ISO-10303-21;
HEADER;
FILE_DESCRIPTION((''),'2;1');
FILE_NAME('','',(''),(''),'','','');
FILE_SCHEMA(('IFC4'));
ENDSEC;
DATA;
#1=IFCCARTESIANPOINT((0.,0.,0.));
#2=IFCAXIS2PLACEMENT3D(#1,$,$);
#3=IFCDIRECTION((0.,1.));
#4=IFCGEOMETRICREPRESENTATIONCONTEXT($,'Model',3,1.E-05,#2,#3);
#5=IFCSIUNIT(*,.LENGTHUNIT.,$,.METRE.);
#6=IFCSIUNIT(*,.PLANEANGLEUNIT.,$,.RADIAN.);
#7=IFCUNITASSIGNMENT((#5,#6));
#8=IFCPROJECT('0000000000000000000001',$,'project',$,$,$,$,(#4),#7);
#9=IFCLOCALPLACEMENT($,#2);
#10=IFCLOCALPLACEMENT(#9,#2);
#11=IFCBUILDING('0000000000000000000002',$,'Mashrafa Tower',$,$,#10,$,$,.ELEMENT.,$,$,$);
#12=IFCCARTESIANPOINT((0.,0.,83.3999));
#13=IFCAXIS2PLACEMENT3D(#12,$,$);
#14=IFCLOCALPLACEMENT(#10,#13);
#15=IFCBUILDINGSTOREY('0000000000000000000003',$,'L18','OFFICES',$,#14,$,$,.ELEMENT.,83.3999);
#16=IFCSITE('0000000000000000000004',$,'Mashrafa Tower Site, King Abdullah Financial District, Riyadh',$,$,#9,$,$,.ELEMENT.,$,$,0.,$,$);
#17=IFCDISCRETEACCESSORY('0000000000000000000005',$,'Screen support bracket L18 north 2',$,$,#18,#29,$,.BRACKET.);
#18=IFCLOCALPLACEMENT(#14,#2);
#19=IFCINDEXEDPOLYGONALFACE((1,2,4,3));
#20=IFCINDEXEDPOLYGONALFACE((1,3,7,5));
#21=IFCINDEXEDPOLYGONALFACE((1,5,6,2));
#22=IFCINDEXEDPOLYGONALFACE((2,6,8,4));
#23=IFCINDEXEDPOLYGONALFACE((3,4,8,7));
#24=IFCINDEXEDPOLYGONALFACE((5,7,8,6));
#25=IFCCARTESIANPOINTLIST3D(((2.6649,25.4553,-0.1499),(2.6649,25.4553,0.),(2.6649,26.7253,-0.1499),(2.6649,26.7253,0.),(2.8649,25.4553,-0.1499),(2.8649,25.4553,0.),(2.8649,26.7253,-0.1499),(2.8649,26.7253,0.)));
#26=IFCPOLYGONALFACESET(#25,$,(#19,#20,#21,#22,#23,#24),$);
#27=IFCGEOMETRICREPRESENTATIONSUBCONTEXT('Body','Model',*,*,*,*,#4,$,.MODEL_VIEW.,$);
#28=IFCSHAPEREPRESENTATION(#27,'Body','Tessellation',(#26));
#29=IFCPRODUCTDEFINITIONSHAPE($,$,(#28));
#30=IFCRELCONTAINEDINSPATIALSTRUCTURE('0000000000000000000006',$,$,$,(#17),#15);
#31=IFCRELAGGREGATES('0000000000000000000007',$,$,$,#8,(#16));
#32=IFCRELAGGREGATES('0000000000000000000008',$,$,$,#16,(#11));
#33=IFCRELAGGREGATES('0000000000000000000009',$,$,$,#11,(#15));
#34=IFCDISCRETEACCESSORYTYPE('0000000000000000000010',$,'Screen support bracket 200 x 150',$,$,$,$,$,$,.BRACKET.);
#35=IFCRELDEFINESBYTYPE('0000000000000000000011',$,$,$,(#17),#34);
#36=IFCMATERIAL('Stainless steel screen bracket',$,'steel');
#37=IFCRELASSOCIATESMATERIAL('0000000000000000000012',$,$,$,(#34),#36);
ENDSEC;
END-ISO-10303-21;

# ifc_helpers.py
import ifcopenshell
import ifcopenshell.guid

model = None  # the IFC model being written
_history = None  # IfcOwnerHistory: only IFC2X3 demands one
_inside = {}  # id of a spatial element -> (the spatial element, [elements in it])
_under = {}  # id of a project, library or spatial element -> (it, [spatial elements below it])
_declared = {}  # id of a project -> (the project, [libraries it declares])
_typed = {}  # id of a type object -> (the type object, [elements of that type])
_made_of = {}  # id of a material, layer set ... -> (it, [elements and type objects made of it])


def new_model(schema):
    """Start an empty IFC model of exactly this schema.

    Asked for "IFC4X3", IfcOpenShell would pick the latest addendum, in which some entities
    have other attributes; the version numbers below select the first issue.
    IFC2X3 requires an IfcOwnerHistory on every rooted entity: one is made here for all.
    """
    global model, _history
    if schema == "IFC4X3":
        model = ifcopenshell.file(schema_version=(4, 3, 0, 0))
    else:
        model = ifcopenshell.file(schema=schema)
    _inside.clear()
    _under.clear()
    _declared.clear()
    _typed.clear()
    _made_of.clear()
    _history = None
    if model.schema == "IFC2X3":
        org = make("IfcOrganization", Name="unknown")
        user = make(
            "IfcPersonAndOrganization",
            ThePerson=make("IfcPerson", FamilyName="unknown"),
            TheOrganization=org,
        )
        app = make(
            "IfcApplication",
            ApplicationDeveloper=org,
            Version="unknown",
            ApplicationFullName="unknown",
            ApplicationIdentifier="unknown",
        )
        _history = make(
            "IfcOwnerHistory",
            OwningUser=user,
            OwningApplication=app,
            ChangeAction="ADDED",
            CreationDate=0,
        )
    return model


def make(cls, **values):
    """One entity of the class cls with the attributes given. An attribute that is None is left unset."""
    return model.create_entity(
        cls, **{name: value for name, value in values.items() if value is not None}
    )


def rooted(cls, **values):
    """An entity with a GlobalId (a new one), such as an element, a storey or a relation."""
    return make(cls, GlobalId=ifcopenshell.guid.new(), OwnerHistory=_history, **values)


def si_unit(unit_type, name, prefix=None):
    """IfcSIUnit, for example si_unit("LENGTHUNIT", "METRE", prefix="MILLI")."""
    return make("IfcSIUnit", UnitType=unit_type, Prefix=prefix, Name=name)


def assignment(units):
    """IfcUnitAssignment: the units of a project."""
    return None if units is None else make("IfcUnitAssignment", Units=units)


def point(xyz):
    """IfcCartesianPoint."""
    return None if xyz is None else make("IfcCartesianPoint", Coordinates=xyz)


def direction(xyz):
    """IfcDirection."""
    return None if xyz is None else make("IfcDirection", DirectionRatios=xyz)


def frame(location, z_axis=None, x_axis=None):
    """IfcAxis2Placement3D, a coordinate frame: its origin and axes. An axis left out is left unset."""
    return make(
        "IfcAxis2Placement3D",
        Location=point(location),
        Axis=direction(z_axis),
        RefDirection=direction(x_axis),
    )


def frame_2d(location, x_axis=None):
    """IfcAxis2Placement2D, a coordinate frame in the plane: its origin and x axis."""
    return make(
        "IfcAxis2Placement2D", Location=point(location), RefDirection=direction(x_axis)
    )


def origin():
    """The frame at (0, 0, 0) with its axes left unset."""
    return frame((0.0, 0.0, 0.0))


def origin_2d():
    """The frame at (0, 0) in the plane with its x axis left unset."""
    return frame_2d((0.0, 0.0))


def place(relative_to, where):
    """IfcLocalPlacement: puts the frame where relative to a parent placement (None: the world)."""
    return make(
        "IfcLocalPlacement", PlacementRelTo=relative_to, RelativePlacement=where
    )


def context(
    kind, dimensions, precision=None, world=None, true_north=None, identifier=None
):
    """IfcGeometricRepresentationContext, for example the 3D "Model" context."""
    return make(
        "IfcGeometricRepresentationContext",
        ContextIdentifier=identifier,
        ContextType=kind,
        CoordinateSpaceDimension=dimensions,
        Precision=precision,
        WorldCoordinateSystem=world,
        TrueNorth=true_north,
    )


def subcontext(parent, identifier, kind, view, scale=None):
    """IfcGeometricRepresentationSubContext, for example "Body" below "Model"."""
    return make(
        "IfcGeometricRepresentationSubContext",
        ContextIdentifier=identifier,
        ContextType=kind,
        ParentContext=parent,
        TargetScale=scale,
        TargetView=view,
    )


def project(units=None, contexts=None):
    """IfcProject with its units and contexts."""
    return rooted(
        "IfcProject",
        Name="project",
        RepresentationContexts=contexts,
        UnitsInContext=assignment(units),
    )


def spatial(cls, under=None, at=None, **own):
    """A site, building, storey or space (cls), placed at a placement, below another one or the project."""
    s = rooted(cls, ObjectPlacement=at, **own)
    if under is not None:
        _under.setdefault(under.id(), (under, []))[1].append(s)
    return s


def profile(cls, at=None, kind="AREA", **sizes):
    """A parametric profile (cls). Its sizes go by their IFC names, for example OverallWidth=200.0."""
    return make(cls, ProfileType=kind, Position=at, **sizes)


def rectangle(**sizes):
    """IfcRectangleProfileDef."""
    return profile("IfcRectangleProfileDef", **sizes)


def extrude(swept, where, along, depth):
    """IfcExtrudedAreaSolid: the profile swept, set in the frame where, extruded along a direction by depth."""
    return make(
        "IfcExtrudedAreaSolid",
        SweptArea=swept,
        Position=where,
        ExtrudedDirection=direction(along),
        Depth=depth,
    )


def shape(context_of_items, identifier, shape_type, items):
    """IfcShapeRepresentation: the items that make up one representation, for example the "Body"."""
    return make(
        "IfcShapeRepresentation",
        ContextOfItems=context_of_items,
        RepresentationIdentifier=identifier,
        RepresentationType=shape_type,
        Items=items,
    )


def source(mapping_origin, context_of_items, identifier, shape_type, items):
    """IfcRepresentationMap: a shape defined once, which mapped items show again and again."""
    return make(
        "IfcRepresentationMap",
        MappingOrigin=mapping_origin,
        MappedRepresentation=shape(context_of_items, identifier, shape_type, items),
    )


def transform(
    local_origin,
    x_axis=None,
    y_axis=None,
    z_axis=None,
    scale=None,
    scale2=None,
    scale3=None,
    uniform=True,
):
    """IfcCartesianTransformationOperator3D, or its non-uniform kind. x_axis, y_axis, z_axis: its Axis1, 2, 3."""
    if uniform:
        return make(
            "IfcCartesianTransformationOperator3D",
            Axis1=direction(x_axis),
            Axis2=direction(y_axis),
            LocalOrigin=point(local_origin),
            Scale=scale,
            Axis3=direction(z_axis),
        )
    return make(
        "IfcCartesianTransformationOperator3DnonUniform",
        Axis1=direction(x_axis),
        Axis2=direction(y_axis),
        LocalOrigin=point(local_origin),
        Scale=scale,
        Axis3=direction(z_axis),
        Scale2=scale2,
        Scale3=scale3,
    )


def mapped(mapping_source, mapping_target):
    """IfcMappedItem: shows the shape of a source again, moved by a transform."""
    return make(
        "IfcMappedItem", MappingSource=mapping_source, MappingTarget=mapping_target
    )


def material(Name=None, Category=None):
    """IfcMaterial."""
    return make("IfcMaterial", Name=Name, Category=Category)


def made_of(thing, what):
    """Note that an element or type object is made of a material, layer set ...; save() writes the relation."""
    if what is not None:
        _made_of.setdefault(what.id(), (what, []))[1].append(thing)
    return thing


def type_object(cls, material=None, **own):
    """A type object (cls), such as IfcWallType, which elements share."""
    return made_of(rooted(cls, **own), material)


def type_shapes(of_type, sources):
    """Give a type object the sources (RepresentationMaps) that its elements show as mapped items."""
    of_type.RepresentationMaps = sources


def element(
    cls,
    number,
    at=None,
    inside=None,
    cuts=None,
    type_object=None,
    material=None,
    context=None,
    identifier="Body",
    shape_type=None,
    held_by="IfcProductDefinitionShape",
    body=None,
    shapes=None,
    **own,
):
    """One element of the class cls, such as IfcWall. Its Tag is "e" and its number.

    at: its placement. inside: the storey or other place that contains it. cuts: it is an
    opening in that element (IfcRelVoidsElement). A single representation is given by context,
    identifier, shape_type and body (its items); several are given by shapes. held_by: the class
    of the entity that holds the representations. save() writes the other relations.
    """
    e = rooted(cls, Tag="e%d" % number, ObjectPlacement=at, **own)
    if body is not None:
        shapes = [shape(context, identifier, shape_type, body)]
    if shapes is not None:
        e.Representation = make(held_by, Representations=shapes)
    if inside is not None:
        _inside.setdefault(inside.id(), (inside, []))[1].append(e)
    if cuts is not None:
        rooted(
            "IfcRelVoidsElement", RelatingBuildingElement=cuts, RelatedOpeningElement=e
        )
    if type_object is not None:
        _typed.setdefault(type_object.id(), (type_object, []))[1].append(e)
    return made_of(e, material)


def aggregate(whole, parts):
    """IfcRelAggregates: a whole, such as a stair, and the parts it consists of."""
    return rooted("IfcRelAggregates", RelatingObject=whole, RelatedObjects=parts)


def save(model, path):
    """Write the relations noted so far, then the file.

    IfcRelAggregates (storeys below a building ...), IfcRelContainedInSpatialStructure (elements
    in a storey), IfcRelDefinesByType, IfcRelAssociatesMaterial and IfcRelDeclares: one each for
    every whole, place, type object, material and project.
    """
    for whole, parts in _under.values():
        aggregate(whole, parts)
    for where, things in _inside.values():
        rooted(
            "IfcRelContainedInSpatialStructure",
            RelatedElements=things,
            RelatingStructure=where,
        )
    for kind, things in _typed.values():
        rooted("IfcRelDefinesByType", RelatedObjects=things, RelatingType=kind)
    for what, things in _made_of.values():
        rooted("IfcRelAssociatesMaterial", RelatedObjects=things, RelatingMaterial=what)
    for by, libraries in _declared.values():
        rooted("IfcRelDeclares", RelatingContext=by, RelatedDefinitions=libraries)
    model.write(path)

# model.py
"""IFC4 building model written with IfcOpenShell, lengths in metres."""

from ifc_helpers import new_model, si_unit, direction, frame, origin, origin_2d, place, context, subcontext, project, spatial, rectangle, extrude, source, transform, mapped, material, type_object, type_shapes, element, save


model = new_model("IFC4")

# Units and contexts
model_context = context("Model", 3, precision=1e-05, world=origin(), true_north=direction((0.0, 1.0)))
body_context = subcontext(model_context, "Body", "Model", "MODEL_VIEW")
ifc_project = project(units=[si_unit("LENGTHUNIT", "METRE"), si_unit("PLANEANGLEUNIT", "RADIAN")], contexts=[model_context])

# Site, building, storey
site_placement = place(None, origin())
site = spatial("IfcSite", under=ifc_project, at=site_placement, Name="Mashrafa Tower Site, King Abdullah Financial District, Riyadh", CompositionType="ELEMENT", RefElevation=0.0)
building_placement = place(site_placement, origin())
building = spatial("IfcBuilding", under=site, at=building_placement, Name="Mashrafa Tower", CompositionType="ELEMENT")
storey_placement = place(building_placement, frame((0.0, 0.0, 83.3999)))
storey = spatial("IfcBuildingStorey", under=building, at=storey_placement, Name="L18", Description="OFFICES", CompositionType="ELEMENT", Elevation=83.3999)

# Discrete accessory
ifc_material_1 = material(Name="Stainless steel screen bracket", Category="steel")
discrete_accessory_type = type_object("IfcDiscreteAccessoryType", Name="Screen support bracket 200 x 150", PredefinedType="BRACKET", material=ifc_material_1)
shared_shape_1 = source(origin(), body_context, "Body", "SweptSolid", [
    extrude(rectangle(XDim=0.2, YDim=1.27, at=origin_2d()), origin(), (0.0, 0.0, 1.0), 0.1499),
])
type_shapes(discrete_accessory_type, [shared_shape_1])
for number, where, z_axis, x_axis, name in (
    (1, (2.7649, 26.0903, -0.1499), (0.0, 0.0, 1.0), (-1.0, 0.0, 0.0), "Screen support bracket L18 north 2"),
):
    element("IfcDiscreteAccessory", number, at=place(storey_placement, frame(where, z_axis=z_axis, x_axis=x_axis)), inside=storey, type_object=discrete_accessory_type, Name=name, PredefinedType="BRACKET", context=body_context, shape_type="MappedRepresentation", body=[
        mapped(shared_shape_1, transform((0.0, 0.0, 0.0))),
    ])

save(model, "model.ifc")
